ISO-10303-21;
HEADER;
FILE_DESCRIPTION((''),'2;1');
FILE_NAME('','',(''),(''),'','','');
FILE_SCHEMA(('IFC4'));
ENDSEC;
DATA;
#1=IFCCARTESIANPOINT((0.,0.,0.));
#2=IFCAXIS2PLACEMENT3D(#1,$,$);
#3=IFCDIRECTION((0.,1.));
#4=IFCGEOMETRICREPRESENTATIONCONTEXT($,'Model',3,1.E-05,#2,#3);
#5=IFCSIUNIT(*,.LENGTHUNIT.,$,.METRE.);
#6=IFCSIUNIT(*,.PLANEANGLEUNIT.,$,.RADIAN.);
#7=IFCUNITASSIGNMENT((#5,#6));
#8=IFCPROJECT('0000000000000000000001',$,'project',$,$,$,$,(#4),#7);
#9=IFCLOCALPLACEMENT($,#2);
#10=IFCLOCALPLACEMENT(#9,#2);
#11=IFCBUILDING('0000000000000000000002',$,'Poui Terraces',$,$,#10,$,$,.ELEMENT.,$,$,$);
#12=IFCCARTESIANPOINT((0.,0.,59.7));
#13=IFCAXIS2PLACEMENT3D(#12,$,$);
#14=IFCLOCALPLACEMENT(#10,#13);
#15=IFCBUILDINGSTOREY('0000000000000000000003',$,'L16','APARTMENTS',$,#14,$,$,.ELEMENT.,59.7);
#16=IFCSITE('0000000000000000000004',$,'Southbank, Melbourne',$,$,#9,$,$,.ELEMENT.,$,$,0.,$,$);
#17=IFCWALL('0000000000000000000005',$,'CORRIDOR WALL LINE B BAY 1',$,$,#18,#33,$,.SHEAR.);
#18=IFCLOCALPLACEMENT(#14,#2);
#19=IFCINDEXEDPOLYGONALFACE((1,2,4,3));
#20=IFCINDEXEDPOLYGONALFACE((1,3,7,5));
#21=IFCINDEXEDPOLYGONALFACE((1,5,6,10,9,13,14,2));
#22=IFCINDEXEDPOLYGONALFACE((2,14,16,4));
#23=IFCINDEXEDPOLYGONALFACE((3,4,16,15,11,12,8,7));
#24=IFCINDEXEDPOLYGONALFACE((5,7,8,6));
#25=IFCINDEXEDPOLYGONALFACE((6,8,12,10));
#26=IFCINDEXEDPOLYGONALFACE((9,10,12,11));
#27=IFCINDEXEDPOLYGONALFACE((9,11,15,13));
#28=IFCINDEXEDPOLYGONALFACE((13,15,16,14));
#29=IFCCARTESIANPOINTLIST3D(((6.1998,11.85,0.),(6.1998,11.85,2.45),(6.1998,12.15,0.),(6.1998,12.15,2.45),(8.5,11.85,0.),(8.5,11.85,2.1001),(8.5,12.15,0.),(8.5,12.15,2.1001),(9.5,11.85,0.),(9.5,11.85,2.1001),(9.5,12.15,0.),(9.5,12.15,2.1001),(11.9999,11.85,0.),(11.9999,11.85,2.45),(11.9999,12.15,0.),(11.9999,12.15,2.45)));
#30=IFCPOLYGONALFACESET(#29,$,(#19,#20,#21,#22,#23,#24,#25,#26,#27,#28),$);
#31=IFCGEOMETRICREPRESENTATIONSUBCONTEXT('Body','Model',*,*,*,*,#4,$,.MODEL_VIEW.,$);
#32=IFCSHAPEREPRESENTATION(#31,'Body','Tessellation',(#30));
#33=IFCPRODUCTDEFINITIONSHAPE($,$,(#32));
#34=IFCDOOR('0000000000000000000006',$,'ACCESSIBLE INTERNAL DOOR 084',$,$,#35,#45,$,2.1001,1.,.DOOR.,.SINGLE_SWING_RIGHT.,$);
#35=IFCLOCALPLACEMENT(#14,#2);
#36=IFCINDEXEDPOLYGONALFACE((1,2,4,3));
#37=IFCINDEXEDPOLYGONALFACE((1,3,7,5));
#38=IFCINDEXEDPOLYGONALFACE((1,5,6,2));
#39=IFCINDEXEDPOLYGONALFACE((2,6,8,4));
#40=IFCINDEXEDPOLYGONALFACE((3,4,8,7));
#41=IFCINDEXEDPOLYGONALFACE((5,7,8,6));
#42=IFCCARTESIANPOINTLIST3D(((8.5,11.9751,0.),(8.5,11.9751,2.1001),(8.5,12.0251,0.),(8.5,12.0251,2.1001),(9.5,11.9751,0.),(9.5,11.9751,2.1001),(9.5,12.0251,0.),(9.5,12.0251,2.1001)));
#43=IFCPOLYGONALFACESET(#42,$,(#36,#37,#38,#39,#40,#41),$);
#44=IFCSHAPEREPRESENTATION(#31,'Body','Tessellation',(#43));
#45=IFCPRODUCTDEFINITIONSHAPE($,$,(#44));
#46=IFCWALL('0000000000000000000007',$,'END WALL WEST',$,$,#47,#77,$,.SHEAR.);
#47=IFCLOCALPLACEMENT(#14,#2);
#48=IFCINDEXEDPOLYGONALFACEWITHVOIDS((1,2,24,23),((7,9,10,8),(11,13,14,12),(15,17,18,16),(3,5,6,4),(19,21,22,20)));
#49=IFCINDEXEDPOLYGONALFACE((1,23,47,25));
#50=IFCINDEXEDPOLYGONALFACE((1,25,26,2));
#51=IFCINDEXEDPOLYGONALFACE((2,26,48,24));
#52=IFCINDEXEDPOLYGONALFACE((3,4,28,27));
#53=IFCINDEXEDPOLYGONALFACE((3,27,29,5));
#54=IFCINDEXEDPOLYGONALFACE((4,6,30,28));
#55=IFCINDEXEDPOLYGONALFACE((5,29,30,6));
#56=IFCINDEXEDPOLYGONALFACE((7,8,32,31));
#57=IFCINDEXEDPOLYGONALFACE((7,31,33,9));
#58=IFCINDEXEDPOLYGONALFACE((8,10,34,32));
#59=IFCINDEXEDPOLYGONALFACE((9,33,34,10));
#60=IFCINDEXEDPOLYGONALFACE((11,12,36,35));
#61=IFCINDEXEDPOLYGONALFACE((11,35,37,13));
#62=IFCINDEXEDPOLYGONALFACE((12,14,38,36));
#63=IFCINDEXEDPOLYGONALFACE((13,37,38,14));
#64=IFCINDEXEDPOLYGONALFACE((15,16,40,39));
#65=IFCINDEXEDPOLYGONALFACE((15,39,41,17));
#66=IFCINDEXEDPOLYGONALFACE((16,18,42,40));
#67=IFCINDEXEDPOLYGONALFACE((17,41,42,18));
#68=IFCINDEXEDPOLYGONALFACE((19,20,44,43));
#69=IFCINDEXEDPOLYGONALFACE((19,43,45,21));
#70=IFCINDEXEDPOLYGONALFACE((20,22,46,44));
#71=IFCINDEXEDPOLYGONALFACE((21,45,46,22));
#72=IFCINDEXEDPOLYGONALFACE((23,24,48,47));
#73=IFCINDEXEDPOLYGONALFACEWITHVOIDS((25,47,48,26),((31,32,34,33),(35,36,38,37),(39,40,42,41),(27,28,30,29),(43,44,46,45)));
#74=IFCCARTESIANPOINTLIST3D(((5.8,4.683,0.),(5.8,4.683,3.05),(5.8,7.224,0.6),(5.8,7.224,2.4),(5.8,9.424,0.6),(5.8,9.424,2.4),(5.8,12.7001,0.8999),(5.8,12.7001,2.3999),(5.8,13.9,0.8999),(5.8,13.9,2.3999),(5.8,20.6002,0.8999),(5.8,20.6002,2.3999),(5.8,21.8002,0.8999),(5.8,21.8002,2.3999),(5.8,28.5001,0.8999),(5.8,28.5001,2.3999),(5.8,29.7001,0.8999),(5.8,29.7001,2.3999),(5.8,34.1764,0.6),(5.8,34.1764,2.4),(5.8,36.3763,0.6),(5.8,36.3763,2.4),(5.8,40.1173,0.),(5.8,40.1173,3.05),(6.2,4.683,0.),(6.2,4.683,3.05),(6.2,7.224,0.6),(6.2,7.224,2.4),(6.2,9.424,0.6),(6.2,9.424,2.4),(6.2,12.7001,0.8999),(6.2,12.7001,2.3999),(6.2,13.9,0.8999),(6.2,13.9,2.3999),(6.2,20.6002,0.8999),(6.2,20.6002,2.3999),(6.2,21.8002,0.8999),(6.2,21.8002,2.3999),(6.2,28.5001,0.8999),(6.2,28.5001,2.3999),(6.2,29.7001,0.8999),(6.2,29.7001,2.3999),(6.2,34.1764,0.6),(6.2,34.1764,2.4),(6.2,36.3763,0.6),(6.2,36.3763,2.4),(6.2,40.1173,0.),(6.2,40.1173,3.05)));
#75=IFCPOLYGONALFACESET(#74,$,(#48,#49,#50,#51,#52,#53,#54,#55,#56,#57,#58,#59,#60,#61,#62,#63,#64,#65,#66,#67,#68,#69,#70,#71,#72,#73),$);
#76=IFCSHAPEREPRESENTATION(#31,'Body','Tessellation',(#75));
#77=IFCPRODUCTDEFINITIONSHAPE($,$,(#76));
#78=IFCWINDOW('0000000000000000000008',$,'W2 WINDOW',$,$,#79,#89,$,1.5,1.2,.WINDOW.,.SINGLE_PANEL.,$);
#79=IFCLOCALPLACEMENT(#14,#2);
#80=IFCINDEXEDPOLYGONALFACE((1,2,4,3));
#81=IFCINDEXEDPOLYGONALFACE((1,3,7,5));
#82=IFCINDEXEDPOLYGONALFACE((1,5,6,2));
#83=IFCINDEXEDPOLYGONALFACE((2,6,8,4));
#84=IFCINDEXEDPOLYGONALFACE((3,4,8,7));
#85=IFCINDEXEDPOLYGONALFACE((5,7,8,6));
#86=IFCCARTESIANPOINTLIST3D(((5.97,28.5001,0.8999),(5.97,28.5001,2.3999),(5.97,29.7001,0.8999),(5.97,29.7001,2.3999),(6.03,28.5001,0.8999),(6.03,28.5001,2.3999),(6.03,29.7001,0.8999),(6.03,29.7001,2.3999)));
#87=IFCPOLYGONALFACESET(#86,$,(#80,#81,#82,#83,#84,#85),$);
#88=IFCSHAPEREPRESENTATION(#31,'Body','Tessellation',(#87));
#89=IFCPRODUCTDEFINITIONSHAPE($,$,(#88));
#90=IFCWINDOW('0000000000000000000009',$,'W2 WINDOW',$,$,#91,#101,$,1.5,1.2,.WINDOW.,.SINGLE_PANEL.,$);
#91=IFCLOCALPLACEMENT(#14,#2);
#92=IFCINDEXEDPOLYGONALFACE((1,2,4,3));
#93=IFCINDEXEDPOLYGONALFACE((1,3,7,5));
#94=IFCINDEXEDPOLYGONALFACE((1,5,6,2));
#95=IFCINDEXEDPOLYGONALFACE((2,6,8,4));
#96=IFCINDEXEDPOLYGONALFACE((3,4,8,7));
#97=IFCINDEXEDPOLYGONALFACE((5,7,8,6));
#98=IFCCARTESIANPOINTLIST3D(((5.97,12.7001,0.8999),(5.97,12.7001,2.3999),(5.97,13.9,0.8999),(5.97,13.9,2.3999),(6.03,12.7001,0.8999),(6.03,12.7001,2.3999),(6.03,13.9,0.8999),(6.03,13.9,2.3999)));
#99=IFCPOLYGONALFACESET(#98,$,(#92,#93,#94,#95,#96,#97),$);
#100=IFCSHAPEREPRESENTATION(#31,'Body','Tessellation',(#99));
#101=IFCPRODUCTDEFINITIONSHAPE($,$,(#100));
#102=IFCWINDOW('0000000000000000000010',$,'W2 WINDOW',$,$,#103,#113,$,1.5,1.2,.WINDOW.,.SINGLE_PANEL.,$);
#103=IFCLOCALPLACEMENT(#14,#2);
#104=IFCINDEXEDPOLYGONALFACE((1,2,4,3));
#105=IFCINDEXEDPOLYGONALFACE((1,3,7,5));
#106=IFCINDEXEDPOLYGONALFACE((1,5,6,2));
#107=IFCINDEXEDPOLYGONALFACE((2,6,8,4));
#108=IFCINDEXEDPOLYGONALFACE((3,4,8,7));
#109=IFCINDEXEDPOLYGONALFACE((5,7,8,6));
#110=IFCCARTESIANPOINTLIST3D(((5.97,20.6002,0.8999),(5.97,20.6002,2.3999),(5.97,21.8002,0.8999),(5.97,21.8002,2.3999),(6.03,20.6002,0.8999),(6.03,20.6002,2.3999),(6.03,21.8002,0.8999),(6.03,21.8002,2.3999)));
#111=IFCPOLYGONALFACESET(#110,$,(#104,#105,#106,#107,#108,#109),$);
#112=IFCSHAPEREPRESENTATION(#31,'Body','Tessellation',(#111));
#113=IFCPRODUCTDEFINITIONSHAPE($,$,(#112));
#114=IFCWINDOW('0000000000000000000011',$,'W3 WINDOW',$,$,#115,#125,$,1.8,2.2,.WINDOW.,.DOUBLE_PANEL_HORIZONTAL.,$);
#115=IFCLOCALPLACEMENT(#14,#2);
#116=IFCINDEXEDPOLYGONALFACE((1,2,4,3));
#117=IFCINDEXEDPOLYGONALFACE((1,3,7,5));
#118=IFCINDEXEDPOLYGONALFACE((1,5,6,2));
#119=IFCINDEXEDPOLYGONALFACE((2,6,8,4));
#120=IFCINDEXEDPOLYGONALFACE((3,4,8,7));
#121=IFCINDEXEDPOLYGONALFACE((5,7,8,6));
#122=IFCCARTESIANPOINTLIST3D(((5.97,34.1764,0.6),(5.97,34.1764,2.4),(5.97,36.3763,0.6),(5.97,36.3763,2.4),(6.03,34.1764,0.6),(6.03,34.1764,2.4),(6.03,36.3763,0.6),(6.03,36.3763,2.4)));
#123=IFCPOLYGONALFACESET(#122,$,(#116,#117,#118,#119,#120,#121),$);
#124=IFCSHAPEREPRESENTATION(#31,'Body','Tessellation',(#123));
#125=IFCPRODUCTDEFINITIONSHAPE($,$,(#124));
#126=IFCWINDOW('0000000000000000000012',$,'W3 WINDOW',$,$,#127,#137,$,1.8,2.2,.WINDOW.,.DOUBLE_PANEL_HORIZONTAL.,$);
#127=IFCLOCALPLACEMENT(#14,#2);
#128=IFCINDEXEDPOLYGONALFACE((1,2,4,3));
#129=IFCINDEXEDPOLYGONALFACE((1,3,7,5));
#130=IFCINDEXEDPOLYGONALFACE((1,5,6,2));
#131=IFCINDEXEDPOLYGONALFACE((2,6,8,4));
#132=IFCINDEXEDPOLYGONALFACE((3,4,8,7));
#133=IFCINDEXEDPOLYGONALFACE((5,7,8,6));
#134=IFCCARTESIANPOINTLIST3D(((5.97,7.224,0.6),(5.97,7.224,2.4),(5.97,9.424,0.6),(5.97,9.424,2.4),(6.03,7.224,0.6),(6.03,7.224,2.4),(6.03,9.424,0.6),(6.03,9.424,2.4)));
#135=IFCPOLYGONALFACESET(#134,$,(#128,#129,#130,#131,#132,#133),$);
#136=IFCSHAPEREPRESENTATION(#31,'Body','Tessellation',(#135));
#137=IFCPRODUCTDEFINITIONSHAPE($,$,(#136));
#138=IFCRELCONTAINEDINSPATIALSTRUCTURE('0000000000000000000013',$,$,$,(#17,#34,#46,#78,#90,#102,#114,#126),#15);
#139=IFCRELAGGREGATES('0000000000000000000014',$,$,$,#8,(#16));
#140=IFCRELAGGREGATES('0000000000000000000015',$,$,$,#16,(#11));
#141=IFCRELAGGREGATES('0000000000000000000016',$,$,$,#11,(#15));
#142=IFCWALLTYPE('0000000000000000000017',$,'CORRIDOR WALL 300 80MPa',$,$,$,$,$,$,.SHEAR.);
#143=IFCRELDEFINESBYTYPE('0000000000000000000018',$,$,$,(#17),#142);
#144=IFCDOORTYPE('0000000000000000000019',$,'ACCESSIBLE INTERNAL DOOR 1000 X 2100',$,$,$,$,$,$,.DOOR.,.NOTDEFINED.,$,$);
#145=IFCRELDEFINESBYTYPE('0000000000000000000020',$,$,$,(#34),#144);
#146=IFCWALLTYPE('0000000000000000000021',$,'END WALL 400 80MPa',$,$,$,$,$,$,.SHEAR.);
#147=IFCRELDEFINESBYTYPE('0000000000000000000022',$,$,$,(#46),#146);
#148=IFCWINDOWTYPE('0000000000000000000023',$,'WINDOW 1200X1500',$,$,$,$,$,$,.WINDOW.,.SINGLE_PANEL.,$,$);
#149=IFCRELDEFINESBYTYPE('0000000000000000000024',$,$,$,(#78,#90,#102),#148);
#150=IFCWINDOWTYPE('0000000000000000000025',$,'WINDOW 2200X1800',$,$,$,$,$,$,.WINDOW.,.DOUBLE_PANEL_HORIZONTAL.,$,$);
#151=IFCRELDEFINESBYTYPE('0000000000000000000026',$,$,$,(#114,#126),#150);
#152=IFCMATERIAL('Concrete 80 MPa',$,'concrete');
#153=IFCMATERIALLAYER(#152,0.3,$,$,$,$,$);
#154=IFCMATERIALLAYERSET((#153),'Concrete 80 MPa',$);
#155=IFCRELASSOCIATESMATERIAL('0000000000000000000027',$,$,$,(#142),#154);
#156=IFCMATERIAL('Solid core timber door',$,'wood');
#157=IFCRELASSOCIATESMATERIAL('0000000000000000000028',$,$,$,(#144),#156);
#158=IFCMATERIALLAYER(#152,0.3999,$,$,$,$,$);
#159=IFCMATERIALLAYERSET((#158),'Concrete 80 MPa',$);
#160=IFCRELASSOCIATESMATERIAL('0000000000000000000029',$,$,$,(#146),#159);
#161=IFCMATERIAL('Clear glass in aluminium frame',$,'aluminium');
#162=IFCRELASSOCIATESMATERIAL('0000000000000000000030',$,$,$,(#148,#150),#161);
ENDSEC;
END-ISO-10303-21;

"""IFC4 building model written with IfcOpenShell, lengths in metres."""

from ifc_helpers import new_model, si_unit, direction, frame, frame_2d, origin, place, context, subcontext, project, spatial, rectangle, extrude, material, layer, layer_set, type_object, element, fill, save


model = new_model("IFC4")

# Units and contexts
model_context = context("Model", 3, precision=1e-05, world=origin(), true_north=direction((0.0, 1.0)))
body_context = subcontext(model_context, "Body", "Model", "MODEL_VIEW")
ifc_project = project(units=[si_unit("LENGTHUNIT", "METRE"), si_unit("PLANEANGLEUNIT", "RADIAN")], contexts=[model_context])

# Site, building, storey
site_placement = place(None, origin())
site = spatial("IfcSite", under=ifc_project, at=site_placement, Name="Southbank, Melbourne", CompositionType="ELEMENT", RefElevation=0.0)
building_placement = place(site_placement, origin())
building = spatial("IfcBuilding", under=site, at=building_placement, Name="Poui Terraces", CompositionType="ELEMENT")
storey_placement = place(building_placement, frame((0.0, 0.0, 59.7)))
storey = spatial("IfcBuildingStorey", under=building, at=storey_placement, Name="L16", Description="APARTMENTS", CompositionType="ELEMENT", Elevation=59.7)

# Wall, opening, door
ifc_material_1 = material(Name="Concrete 80 MPa", Category="concrete")
ifc_layer_1 = layer(ifc_material_1, 0.3)
ifc_layer_set_1 = layer_set([ifc_layer_1], Name="Concrete 80 MPa")
wall_type_1 = type_object("IfcWallType", Name="CORRIDOR WALL 300 80MPa", PredefinedType="SHEAR", material=ifc_layer_set_1)
wall_1_placement = place(storey_placement, frame((6.2, 12.0, 0.0), z_axis=(0.0, 0.0, 1.0), x_axis=(1.0, 0.0, 0.0)))
wall_1 = element("IfcWall", 1, at=wall_1_placement, inside=storey, type_object=wall_type_1, Name="CORRIDOR WALL LINE B BAY 1", PredefinedType="SHEAR", context=body_context, shape_type="SweptSolid", body=[
    extrude(rectangle(XDim=5.8, YDim=0.3, at=frame_2d((2.8999, 0.0))), origin(), (0.0, 0.0, 1.0), 2.45),
])
opening_1_placement = place(wall_1_placement, frame((2.3, 0.0, 0.0)))
opening_1 = element("IfcOpeningElement", 2, at=opening_1_placement, cuts=wall_1, PredefinedType="OPENING", context=body_context, shape_type="SweptSolid", body=[
    extrude(rectangle(XDim=1.0, YDim=2.1001, at=frame_2d((0.5, 1.05))), frame((0.0, 0.1602, 0.0), z_axis=(0.0, -1.0, 0.0), x_axis=(1.0, 0.0, 0.0)), (0.0, 0.0, 1.0), 0.3201),
])
ifc_material_2 = material(Name="Solid core timber door", Category="wood")
door_type = type_object("IfcDoorType", Name="ACCESSIBLE INTERNAL DOOR 1000 X 2100", OperationType="NOTDEFINED", PredefinedType="DOOR", material=ifc_material_2)
door_placement = place(opening_1_placement, frame((1.0, 0.0, 0.0), z_axis=(0.0, 0.0, 1.0), x_axis=(-1.0, 0.0, 0.0)))
door = element("IfcDoor", 3, at=door_placement, inside=storey, type_object=door_type, Name="ACCESSIBLE INTERNAL DOOR 084", OperationType="SINGLE_SWING_RIGHT", OverallHeight=2.1001, OverallWidth=1.0, PredefinedType="DOOR", context=body_context, shape_type="SweptSolid", body=[
    extrude(rectangle(XDim=1.0, YDim=2.1001, at=frame_2d((0.5, 1.05))), frame((0.0, 0.0249, 0.0), z_axis=(0.0, -1.0, 0.0), x_axis=(1.0, 0.0, 0.0)), (0.0, 0.0, 1.0), 0.05),
])
fill(opening_1, door)

# Wall, openings, windows
ifc_layer_2 = layer(ifc_material_1, 0.3999)
ifc_layer_set_2 = layer_set([ifc_layer_2], Name="Concrete 80 MPa")
wall_type_2 = type_object("IfcWallType", Name="END WALL 400 80MPa", PredefinedType="SHEAR", material=ifc_layer_set_2)
wall_2_placement = place(storey_placement, frame((6.0, 4.6829, 0.0), z_axis=(0.0, 0.0, 1.0), x_axis=(0.0, 1.0, 0.0)))
wall_2 = element("IfcWall", 4, at=wall_2_placement, inside=storey, type_object=wall_type_2, Name="END WALL WEST", PredefinedType="SHEAR", context=body_context, shape_type="SweptSolid", body=[
    extrude(rectangle(XDim=35.4343, YDim=0.3999, at=frame_2d((17.7173, 0.0))), origin(), (0.0, 0.0, 1.0), 3.05),
])
opening_2_placement = place(wall_2_placement, frame((23.8171, 0.0, 0.8999)))
opening_2 = element("IfcOpeningElement", 5, at=opening_2_placement, cuts=wall_2, PredefinedType="OPENING", context=body_context, shape_type="SweptSolid", body=[
    extrude(rectangle(XDim=1.2, YDim=1.5, at=frame_2d((0.6001, 0.75))), frame((0.0, 0.21, 0.0), z_axis=(0.0, -1.0, 0.0), x_axis=(1.0, 0.0, 0.0)), (0.0, 0.0, 1.0), 0.4199),
])
opening_3_placement = place(wall_2_placement, frame((8.0171, 0.0, 0.8999)))
opening_3 = element("IfcOpeningElement", 6, at=opening_3_placement, cuts=wall_2, PredefinedType="OPENING", context=body_context, shape_type="SweptSolid", body=[
    extrude(rectangle(XDim=1.2, YDim=1.5, at=frame_2d((0.6001, 0.75))), frame((0.0, 0.21, 0.0), z_axis=(0.0, -1.0, 0.0), x_axis=(1.0, 0.0, 0.0)), (0.0, 0.0, 1.0), 0.4199),
])
opening_4_placement = place(wall_2_placement, frame((15.9172, 0.0, 0.8999)))
opening_4 = element("IfcOpeningElement", 7, at=opening_4_placement, cuts=wall_2, PredefinedType="OPENING", context=body_context, shape_type="SweptSolid", body=[
    extrude(rectangle(XDim=1.2, YDim=1.5, at=frame_2d((0.6001, 0.75))), frame((0.0, 0.21, 0.0), z_axis=(0.0, -1.0, 0.0), x_axis=(1.0, 0.0, 0.0)), (0.0, 0.0, 1.0), 0.4199),
])
opening_5_placement = place(wall_2_placement, frame((29.4934, 0.0, 0.6001)))
opening_5 = element("IfcOpeningElement", 8, at=opening_5_placement, cuts=wall_2, PredefinedType="OPENING", context=body_context, shape_type="SweptSolid", body=[
    extrude(rectangle(XDim=2.2, YDim=1.8, at=frame_2d((1.1001, 0.8999))), frame((0.0, 0.21, 0.0), z_axis=(0.0, -1.0, 0.0), x_axis=(1.0, 0.0, 0.0)), (0.0, 0.0, 1.0), 0.4199),
])
opening_6_placement = place(wall_2_placement, frame((2.541, 0.0, 0.6001)))
opening_6 = element("IfcOpeningElement", 9, at=opening_6_placement, cuts=wall_2, PredefinedType="OPENING", context=body_context, shape_type="SweptSolid", body=[
    extrude(rectangle(XDim=2.2, YDim=1.8, at=frame_2d((1.1001, 0.8999))), frame((0.0, 0.21, 0.0), z_axis=(0.0, -1.0, 0.0), x_axis=(1.0, 0.0, 0.0)), (0.0, 0.0, 1.0), 0.4199),
])
ifc_material_3 = material(Name="Clear glass in aluminium frame", Category="aluminium")
window_type_1 = type_object("IfcWindowType", Name="WINDOW 1200X1500", PartitioningType="SINGLE_PANEL", PredefinedType="WINDOW", material=ifc_material_3)
window_1_placement = place(opening_2_placement, origin())
window_1 = element("IfcWindow", 10, at=window_1_placement, inside=storey, type_object=window_type_1, Name="W2 WINDOW", OverallHeight=1.5, OverallWidth=1.2, PartitioningType="SINGLE_PANEL", PredefinedType="WINDOW", context=body_context, shape_type="SweptSolid", body=[
    extrude(rectangle(XDim=1.2, YDim=1.5, at=frame_2d((0.6001, 0.75))), frame((0.0, 0.03, 0.0), z_axis=(0.0, -1.0, 0.0), x_axis=(1.0, 0.0, 0.0)), (0.0, 0.0, 1.0), 0.0601),
])
fill(opening_2, window_1)
window_2_placement = place(opening_3_placement, origin())
window_2 = element("IfcWindow", 11, at=window_2_placement, inside=storey, type_object=window_type_1, Name="W2 WINDOW", OverallHeight=1.5, OverallWidth=1.2, PartitioningType="SINGLE_PANEL", PredefinedType="WINDOW", context=body_context, shape_type="SweptSolid", body=[
    extrude(rectangle(XDim=1.2, YDim=1.5, at=frame_2d((0.6001, 0.75))), frame((0.0, 0.03, 0.0), z_axis=(0.0, -1.0, 0.0), x_axis=(1.0, 0.0, 0.0)), (0.0, 0.0, 1.0), 0.0601),
])
fill(opening_3, window_2)
window_3_placement = place(opening_4_placement, origin())
window_3 = element("IfcWindow", 12, at=window_3_placement, inside=storey, type_object=window_type_1, Name="W2 WINDOW", OverallHeight=1.5, OverallWidth=1.2, PartitioningType="SINGLE_PANEL", PredefinedType="WINDOW", context=body_context, shape_type="SweptSolid", body=[
    extrude(rectangle(XDim=1.2, YDim=1.5, at=frame_2d((0.6001, 0.75))), frame((0.0, 0.03, 0.0), z_axis=(0.0, -1.0, 0.0), x_axis=(1.0, 0.0, 0.0)), (0.0, 0.0, 1.0), 0.0601),
])
fill(opening_4, window_3)
window_type_2 = type_object("IfcWindowType", Name="WINDOW 2200X1800", PartitioningType="DOUBLE_PANEL_HORIZONTAL", PredefinedType="WINDOW", material=ifc_material_3)
window_4_placement = place(opening_5_placement, origin())
window_4 = element("IfcWindow", 13, at=window_4_placement, inside=storey, type_object=window_type_2, Name="W3 WINDOW", OverallHeight=1.8, OverallWidth=2.2, PartitioningType="DOUBLE_PANEL_HORIZONTAL", PredefinedType="WINDOW", context=body_context, shape_type="SweptSolid", body=[
    extrude(rectangle(XDim=2.2, YDim=1.8, at=frame_2d((1.1001, 0.8999))), frame((0.0, 0.03, 0.0), z_axis=(0.0, -1.0, 0.0), x_axis=(1.0, 0.0, 0.0)), (0.0, 0.0, 1.0), 0.0601),
])
fill(opening_5, window_4)
window_5_placement = place(opening_6_placement, origin())
window_5 = element("IfcWindow", 14, at=window_5_placement, inside=storey, type_object=window_type_2, Name="W3 WINDOW", OverallHeight=1.8, OverallWidth=2.2, PartitioningType="DOUBLE_PANEL_HORIZONTAL", PredefinedType="WINDOW", context=body_context, shape_type="SweptSolid", body=[
    extrude(rectangle(XDim=2.2, YDim=1.8, at=frame_2d((1.1001, 0.8999))), frame((0.0, 0.03, 0.0), z_axis=(0.0, -1.0, 0.0), x_axis=(1.0, 0.0, 0.0)), (0.0, 0.0, 1.0), 0.0601),
])
fill(opening_6, window_5)

save(model, "model.ifc")
